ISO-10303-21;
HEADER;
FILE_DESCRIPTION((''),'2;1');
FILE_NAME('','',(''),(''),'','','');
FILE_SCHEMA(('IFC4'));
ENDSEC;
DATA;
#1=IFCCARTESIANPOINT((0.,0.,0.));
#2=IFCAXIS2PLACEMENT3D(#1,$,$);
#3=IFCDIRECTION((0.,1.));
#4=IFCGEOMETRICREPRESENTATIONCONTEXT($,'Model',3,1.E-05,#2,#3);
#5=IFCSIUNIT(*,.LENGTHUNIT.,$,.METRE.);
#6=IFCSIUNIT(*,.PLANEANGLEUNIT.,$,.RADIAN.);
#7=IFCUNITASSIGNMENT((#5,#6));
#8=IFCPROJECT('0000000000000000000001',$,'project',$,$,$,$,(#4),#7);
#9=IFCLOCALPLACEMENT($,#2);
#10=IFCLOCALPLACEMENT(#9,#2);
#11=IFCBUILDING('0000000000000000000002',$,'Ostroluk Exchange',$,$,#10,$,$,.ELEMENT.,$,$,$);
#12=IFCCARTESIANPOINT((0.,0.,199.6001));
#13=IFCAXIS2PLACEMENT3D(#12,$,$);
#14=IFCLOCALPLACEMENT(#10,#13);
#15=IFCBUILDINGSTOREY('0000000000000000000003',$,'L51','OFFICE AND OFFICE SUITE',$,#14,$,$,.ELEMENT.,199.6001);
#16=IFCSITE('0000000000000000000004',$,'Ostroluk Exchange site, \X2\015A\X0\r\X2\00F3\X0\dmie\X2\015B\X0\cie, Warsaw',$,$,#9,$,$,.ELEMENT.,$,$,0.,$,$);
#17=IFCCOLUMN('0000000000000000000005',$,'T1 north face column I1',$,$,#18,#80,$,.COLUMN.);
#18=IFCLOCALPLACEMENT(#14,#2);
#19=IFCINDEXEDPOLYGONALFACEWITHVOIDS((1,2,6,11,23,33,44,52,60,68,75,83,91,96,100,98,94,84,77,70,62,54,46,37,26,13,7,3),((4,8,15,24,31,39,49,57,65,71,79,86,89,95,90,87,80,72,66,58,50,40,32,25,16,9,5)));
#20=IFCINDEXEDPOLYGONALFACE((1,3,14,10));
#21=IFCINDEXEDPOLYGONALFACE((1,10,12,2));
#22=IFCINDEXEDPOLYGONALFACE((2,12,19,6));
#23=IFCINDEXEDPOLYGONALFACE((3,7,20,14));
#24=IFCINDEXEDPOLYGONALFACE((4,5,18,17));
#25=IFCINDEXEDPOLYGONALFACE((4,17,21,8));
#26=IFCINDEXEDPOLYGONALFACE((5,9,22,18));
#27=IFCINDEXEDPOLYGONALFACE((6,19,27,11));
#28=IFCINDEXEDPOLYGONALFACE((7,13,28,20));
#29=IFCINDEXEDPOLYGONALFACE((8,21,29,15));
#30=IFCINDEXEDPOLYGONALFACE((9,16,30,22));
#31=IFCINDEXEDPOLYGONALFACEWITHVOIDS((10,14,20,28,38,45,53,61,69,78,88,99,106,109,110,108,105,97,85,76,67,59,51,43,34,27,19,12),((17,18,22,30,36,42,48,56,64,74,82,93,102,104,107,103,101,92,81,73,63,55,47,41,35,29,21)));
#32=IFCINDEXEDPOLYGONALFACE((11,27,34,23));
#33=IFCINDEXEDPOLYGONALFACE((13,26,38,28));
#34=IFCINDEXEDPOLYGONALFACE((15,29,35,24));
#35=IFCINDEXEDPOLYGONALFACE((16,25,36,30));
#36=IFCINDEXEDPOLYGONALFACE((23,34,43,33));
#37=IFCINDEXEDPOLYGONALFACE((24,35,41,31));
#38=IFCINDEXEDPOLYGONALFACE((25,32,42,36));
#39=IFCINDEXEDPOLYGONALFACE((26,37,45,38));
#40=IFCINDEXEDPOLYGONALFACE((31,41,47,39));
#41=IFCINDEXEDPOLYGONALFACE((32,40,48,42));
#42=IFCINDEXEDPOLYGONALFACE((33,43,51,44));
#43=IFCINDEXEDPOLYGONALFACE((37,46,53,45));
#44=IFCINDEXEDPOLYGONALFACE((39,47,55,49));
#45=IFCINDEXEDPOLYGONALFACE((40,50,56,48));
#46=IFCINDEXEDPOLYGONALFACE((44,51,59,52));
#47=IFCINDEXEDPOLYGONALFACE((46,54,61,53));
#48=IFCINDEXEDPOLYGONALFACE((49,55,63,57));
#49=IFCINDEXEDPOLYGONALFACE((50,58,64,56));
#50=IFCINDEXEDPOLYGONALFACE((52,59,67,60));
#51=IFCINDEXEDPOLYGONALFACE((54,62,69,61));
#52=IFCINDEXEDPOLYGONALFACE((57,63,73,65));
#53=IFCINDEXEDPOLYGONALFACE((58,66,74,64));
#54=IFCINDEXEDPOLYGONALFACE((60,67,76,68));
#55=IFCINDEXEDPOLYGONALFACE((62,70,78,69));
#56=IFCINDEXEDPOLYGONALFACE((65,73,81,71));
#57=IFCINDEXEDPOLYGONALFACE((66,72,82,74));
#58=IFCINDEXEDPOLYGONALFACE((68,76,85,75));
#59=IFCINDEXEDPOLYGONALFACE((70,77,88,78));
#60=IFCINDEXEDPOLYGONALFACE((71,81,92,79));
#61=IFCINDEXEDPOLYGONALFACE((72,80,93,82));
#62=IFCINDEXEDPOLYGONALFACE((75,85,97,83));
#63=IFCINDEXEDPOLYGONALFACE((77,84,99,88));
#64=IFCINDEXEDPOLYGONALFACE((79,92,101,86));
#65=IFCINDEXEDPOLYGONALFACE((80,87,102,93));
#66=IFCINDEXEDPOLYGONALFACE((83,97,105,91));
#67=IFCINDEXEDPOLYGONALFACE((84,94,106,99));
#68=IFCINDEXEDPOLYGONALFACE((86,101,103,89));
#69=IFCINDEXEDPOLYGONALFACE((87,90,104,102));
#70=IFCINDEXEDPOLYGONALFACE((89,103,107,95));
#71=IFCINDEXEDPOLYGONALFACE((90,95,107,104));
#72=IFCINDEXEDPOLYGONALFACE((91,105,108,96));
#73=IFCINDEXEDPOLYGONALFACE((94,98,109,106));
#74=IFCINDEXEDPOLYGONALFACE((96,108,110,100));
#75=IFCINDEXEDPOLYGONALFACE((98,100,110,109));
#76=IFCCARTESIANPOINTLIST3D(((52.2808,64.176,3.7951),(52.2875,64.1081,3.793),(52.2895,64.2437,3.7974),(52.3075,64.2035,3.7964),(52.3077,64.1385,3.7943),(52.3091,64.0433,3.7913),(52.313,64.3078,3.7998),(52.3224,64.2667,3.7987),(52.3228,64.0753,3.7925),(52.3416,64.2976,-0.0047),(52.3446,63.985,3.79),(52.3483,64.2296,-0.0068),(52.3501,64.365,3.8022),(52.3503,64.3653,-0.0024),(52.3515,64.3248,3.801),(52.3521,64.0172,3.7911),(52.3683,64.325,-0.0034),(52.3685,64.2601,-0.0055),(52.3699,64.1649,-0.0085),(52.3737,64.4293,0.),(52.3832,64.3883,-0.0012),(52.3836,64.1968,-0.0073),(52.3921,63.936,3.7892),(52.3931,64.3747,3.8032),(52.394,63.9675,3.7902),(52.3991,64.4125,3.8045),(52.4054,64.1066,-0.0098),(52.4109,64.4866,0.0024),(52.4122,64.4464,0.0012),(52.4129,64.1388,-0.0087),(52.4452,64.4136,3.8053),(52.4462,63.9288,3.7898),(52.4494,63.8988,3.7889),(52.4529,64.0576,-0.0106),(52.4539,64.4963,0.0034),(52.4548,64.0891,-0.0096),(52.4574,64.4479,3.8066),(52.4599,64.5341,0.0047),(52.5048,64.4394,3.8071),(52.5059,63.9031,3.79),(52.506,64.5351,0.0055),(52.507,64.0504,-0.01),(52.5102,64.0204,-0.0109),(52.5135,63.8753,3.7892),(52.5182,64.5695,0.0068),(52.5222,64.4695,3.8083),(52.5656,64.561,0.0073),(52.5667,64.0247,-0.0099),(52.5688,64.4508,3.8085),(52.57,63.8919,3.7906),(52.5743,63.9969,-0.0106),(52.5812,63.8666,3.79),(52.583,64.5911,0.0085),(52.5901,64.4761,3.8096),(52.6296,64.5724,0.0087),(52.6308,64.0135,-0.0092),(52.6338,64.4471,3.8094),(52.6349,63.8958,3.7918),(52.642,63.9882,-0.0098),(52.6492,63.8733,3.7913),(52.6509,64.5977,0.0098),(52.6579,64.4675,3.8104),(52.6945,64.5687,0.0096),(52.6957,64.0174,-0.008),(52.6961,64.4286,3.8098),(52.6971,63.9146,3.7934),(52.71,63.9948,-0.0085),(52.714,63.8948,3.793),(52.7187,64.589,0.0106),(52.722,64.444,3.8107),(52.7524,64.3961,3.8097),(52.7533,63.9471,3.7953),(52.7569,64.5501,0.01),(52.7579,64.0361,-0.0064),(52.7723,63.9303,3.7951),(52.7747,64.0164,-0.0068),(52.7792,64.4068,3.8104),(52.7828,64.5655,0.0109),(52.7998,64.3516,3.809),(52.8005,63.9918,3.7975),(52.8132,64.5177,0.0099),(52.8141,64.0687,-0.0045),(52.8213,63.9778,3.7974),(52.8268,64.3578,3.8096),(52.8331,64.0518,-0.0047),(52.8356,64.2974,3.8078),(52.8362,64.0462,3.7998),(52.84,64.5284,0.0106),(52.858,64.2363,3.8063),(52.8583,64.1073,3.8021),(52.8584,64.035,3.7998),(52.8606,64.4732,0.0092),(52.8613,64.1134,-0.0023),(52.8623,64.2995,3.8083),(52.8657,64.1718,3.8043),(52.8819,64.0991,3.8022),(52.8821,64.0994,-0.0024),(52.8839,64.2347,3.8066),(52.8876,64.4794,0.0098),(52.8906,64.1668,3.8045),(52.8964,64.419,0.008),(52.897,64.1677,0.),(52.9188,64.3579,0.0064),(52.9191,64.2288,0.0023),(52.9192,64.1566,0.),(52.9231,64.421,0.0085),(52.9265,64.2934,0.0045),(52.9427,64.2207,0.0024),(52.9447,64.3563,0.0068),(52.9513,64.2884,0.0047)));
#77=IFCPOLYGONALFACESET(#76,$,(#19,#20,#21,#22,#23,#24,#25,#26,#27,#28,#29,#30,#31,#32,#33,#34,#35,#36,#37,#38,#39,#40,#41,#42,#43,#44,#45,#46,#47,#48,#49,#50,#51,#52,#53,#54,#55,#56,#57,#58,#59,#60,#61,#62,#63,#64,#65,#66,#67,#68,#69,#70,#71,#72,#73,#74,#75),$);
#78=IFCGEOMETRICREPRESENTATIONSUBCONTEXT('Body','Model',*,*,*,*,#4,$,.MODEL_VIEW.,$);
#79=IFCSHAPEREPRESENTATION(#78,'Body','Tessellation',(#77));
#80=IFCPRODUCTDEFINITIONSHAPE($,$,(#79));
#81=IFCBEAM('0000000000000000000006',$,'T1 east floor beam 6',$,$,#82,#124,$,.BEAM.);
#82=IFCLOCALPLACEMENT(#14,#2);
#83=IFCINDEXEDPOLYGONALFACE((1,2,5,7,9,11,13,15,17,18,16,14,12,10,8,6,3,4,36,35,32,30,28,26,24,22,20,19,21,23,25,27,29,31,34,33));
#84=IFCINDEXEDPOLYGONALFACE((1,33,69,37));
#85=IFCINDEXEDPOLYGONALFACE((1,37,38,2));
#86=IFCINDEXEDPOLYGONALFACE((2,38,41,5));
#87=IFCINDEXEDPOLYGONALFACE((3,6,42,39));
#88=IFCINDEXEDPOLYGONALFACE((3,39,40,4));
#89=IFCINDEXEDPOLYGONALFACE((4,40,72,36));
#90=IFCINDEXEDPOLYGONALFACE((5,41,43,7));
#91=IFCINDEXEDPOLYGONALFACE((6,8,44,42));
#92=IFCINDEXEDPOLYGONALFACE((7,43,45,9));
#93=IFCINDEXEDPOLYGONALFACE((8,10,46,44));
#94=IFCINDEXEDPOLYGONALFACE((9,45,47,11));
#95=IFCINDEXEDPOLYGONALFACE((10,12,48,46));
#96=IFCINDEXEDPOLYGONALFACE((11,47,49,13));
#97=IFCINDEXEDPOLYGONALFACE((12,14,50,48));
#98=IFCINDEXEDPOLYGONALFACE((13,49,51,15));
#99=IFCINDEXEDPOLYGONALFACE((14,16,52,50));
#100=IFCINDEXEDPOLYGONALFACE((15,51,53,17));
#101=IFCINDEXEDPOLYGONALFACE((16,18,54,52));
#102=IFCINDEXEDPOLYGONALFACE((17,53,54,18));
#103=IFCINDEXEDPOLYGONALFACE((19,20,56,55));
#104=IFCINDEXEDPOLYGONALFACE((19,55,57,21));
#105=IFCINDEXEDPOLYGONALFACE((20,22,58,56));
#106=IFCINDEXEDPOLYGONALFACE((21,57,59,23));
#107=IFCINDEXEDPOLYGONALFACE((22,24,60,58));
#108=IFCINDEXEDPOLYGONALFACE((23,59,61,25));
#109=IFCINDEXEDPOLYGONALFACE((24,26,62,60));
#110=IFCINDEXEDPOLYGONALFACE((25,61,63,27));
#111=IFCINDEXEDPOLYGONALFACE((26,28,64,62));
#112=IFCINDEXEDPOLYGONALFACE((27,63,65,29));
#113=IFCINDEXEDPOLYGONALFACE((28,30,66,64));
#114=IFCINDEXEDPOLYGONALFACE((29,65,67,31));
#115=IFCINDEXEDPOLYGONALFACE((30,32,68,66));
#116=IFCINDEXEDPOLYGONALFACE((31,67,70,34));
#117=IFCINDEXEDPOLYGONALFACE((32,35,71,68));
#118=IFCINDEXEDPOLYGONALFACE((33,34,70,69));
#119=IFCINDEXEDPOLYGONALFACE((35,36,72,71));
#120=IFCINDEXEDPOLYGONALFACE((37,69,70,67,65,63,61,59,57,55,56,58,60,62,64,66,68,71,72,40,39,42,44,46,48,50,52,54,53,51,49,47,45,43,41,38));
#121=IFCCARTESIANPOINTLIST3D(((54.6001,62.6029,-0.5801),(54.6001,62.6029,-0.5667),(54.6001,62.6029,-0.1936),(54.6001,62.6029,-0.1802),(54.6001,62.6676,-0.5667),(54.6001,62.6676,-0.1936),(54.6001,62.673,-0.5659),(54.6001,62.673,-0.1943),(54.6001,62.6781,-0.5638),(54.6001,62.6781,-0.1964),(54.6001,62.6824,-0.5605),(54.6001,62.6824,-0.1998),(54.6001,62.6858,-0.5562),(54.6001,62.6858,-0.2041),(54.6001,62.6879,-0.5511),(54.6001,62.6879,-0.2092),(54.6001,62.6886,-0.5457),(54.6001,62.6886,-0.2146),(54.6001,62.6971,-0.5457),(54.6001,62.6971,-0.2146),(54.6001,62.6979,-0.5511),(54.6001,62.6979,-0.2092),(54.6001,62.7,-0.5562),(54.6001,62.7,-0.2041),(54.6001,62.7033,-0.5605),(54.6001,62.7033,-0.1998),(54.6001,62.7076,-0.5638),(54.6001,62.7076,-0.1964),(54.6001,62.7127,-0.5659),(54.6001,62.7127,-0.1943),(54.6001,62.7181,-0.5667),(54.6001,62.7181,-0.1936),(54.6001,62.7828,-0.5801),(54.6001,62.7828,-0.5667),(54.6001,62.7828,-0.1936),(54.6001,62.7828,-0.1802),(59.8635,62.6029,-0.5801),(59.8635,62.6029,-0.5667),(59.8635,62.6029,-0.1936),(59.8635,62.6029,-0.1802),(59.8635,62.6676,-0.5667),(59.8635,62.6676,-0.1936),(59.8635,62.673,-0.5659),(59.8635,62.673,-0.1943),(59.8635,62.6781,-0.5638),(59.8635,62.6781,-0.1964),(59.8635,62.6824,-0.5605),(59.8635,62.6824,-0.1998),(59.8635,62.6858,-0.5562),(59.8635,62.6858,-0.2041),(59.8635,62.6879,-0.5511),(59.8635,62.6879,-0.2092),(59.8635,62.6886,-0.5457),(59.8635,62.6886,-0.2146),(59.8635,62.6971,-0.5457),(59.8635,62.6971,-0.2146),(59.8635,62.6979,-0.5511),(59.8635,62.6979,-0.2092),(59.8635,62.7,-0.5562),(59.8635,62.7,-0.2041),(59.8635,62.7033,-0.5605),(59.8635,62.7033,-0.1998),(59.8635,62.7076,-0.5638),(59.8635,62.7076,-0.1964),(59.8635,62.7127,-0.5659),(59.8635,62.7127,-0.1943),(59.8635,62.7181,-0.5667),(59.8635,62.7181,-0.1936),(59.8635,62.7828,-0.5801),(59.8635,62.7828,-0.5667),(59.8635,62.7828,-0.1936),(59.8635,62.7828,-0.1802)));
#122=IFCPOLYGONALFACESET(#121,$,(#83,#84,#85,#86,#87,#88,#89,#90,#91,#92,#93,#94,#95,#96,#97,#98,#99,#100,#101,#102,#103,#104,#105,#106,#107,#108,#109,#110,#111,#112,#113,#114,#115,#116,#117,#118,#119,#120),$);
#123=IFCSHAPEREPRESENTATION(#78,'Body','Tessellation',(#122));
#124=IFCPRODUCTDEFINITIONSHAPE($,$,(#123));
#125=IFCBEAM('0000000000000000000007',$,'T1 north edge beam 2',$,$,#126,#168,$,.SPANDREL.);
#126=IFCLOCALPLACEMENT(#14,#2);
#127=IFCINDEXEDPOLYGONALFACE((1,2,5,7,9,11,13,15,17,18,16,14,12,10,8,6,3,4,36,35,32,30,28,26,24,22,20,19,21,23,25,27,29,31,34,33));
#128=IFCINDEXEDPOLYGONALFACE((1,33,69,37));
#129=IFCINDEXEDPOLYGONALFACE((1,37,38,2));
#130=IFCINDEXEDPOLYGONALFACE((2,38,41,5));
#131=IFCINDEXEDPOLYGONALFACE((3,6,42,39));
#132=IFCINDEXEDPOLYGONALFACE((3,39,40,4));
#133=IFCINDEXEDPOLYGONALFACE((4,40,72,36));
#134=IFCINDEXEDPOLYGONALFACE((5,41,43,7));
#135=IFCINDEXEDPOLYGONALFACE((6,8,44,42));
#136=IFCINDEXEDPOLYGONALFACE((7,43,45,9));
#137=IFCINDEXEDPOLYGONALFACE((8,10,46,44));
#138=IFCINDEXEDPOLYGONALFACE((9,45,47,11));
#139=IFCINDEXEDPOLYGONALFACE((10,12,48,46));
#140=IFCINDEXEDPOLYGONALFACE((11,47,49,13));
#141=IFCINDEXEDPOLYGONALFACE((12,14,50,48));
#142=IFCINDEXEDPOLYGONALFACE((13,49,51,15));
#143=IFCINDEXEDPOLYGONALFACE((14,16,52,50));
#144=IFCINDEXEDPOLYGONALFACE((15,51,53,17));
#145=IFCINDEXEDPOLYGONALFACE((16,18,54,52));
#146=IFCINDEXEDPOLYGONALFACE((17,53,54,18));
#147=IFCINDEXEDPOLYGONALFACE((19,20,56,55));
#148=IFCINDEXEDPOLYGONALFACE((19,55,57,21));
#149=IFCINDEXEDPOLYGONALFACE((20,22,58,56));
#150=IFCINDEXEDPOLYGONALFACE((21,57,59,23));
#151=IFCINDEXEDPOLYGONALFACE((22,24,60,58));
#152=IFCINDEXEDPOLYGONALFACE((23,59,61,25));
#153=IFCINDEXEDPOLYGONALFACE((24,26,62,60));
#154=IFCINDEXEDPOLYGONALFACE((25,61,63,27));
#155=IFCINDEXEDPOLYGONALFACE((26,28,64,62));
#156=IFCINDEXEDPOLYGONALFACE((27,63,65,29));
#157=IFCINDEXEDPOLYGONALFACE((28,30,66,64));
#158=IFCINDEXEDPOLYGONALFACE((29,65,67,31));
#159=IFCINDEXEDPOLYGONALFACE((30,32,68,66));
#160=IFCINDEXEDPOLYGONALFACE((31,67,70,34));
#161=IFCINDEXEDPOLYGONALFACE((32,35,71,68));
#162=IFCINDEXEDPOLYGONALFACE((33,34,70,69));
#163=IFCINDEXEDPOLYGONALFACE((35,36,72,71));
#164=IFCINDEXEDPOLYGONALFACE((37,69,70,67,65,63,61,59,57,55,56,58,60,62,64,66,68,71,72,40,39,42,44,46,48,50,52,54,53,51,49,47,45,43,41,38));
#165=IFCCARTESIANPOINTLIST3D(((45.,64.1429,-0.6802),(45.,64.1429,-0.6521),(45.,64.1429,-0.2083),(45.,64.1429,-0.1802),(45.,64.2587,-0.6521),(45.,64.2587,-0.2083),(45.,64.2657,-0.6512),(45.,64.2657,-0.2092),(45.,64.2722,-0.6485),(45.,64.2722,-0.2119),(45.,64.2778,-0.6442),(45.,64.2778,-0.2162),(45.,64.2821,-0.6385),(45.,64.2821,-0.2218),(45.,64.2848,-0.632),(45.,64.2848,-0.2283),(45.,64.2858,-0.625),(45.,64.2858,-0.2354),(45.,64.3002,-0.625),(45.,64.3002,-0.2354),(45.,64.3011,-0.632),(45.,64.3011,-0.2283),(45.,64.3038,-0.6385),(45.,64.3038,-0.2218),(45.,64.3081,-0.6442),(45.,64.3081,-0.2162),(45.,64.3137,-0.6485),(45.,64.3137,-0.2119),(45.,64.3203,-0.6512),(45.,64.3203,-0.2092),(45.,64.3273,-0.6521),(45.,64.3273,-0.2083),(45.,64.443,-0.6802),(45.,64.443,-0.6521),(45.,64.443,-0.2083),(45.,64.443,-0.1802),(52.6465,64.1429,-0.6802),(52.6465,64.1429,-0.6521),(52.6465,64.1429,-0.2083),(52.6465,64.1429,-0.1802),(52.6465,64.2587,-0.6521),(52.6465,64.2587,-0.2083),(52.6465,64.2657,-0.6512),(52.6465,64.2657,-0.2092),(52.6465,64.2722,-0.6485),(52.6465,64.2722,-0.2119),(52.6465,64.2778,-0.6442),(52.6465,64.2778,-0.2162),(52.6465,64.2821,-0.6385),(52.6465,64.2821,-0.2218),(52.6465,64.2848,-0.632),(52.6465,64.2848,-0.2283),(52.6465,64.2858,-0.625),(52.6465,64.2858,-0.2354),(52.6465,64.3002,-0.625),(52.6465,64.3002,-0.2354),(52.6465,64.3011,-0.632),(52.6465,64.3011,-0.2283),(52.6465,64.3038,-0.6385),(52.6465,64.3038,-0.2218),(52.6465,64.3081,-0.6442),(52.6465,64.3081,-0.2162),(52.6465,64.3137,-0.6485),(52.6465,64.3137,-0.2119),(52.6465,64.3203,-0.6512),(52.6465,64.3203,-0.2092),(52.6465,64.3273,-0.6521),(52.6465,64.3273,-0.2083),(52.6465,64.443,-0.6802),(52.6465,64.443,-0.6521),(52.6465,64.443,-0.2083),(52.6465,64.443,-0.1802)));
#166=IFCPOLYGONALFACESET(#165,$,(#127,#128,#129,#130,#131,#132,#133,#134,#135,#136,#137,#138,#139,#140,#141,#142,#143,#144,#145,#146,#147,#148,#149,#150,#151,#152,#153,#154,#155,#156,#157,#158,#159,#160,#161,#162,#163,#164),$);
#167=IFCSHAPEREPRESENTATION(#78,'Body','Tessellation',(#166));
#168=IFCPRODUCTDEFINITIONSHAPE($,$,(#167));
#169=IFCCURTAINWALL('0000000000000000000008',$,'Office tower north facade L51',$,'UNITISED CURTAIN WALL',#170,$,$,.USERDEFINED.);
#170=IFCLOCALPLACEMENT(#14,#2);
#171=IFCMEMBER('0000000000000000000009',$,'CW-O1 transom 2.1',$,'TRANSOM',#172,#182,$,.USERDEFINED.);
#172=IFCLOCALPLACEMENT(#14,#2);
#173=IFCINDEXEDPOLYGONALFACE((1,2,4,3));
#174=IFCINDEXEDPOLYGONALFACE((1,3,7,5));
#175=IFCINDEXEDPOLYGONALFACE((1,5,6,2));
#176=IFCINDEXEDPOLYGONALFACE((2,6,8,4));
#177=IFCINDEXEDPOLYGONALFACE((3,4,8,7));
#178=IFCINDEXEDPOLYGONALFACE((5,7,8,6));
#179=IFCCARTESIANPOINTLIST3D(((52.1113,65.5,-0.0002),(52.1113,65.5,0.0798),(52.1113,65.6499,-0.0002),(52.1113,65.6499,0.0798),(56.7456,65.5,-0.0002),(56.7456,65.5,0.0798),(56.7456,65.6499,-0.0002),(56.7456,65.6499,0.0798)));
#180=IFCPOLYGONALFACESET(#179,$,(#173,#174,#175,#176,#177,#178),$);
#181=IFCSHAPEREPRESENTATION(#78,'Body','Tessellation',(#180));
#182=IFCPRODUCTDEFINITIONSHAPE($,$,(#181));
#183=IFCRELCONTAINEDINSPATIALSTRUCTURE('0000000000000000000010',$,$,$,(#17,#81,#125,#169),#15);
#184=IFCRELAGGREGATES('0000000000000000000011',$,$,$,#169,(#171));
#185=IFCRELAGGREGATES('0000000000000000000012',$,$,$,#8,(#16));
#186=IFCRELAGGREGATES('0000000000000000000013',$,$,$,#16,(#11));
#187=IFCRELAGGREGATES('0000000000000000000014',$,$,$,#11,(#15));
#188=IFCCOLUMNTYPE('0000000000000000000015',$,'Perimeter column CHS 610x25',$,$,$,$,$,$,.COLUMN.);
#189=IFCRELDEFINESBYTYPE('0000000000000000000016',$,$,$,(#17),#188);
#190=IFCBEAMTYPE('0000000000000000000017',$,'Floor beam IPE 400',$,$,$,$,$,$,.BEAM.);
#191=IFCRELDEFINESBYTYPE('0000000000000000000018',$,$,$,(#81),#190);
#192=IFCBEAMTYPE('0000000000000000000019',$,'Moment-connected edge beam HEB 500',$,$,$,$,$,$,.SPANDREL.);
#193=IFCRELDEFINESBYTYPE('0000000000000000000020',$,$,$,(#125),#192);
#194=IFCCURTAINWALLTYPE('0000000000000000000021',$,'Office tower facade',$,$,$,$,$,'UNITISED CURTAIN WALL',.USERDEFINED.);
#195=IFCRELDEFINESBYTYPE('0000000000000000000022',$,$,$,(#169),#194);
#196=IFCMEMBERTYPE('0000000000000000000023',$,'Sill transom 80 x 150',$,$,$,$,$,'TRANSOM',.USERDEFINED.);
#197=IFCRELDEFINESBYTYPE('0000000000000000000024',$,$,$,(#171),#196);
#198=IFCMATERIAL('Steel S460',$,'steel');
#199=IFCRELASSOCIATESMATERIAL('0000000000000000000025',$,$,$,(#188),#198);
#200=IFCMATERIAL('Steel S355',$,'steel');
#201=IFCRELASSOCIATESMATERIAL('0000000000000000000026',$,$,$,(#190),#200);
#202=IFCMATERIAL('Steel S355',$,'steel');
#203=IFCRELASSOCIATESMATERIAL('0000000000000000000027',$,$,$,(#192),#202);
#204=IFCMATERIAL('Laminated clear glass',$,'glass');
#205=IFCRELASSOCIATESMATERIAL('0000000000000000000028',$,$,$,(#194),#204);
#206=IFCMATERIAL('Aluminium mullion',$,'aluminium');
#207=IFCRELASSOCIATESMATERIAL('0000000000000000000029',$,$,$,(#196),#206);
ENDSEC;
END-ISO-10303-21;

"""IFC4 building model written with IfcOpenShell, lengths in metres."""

from ifc_helpers import new_model, si_unit, direction, frame, origin, origin_2d, place, context, subcontext, project, spatial, rectangle, hollow_circle, i_section, extrude, material, material_profile, profile_set, type_object, element, aggregate, save


model = new_model("IFC4")

# Units and contexts
model_context = context("Model", 3, precision=1e-05, world=origin(), true_north=direction((0.0, 1.0)))
body_context = subcontext(model_context, "Body", "Model", "MODEL_VIEW")
ifc_project = project(units=[si_unit("LENGTHUNIT", "METRE"), si_unit("PLANEANGLEUNIT", "RADIAN")], contexts=[model_context])

# Site, building, storey
site_placement = place(None, origin())
site = spatial("IfcSite", under=ifc_project, at=site_placement, Name="Ostroluk Exchange site, Śródmieście, Warsaw", CompositionType="ELEMENT", RefElevation=0.0)
building_placement = place(site_placement, origin())
building = spatial("IfcBuilding", under=site, at=building_placement, Name="Ostroluk Exchange", CompositionType="ELEMENT")
storey_placement = place(building_placement, frame((0.0, 0.0, 199.6001)))
storey = spatial("IfcBuildingStorey", under=building, at=storey_placement, Name="L51", Description="OFFICE AND OFFICE SUITE", CompositionType="ELEMENT", Elevation=199.6001)

# Column
ifc_material_1 = material(Name="Steel S460", Category="steel")
ifc_material_profile_1 = material_profile(ifc_material_1, hollow_circle(Radius=0.3049, WallThickness=0.0249, at=origin_2d()), Name="CHS 610x25")
ifc_profile_set_1 = profile_set([ifc_material_profile_1], Name="Steel S460")
column_type = type_object("IfcColumnType", Name="Perimeter column CHS 610x25", PredefinedType="COLUMN", material=ifc_profile_set_1)
column_placement = place(storey_placement, frame((52.6465, 64.293, 0.0), z_axis=(-0.015988, -0.031976, 0.999361), x_axis=(0.894427, -0.447214, 0.0)))
element("IfcColumn", 1, at=column_placement, inside=storey, type_object=column_type, Name="T1 north face column I1", PredefinedType="COLUMN", context=body_context, shape_type="SweptSolid", body=[
    extrude(hollow_circle(Radius=0.3049, WallThickness=0.0249, at=origin_2d()), origin(), (0.0, 0.0, 1.0), 3.8022),
])

# Beams
ifc_material_2 = material(Name="Steel S355", Category="steel")
ifc_material_profile_2 = material_profile(ifc_material_2, i_section(OverallWidth=0.1799, OverallDepth=0.3999, WebThickness=0.0085, FlangeThickness=0.0134, FilletRadius=0.021, at=origin_2d()), Name="IPE 400")
ifc_profile_set_2 = profile_set([ifc_material_profile_2], Name="Steel S355")
beam_type_1 = type_object("IfcBeamType", Name="Floor beam IPE 400", PredefinedType="BEAM", material=ifc_profile_set_2)
beam_1_placement = place(storey_placement, frame((54.6001, 62.6929, -0.3801), z_axis=(1.0, 0.0, 0.0), x_axis=(0.0, 1.0, 0.0)))
element("IfcBeam", 2, at=beam_1_placement, inside=storey, type_object=beam_type_1, Name="T1 east floor beam 6", PredefinedType="BEAM", context=body_context, shape_type="SweptSolid", body=[
    extrude(i_section(OverallWidth=0.1799, OverallDepth=0.3999, WebThickness=0.0085, FlangeThickness=0.0134, FilletRadius=0.021, at=origin_2d()), origin(), (0.0, 0.0, 1.0), 5.2634),
])
ifc_material_3 = material(Name="Steel S355", Category="steel")
ifc_material_profile_3 = material_profile(ifc_material_3, i_section(OverallWidth=0.3, OverallDepth=0.5, WebThickness=0.0144, FlangeThickness=0.0281, FilletRadius=0.0271, at=origin_2d()), Name="HEB 500")
ifc_profile_set_3 = profile_set([ifc_material_profile_3], Name="Steel S355")
beam_type_2 = type_object("IfcBeamType", Name="Moment-connected edge beam HEB 500", PredefinedType="SPANDREL", material=ifc_profile_set_3)
beam_2_placement = place(storey_placement, frame((52.6465, 64.293, -0.4302), z_axis=(-1.0, 0.0, 0.0), x_axis=(0.0, -1.0, 0.0)))
element("IfcBeam", 3, at=beam_2_placement, inside=storey, type_object=beam_type_2, Name="T1 north edge beam 2", PredefinedType="SPANDREL", context=body_context, shape_type="SweptSolid", body=[
    extrude(i_section(OverallWidth=0.3, OverallDepth=0.5, WebThickness=0.0144, FlangeThickness=0.0281, FilletRadius=0.0271, at=origin_2d()), origin(), (0.0, 0.0, 1.0), 7.6465),
])

# Curtain wall, member
ifc_material_4 = material(Name="Laminated clear glass", Category="glass")
curtain_wall_type = type_object("IfcCurtainWallType", Name="Office tower facade", ElementType="UNITISED CURTAIN WALL", PredefinedType="USERDEFINED", material=ifc_material_4)
curtain_wall_placement = place(storey_placement, origin())
curtain_wall = element("IfcCurtainWall", 4, at=curtain_wall_placement, inside=storey, type_object=curtain_wall_type, Name="Office tower north facade L51", ObjectType="UNITISED CURTAIN WALL", PredefinedType="USERDEFINED")
ifc_material_5 = material(Name="Aluminium mullion", Category="aluminium")
ifc_material_profile_4 = material_profile(ifc_material_5, rectangle(XDim=0.1499, YDim=0.0801, at=origin_2d()), Name="Sill transom 80 x 150")
ifc_profile_set_4 = profile_set([ifc_material_profile_4], Name="Aluminium mullion")
member_type_1 = type_object("IfcMemberType", Name="Sill transom 80 x 150", ElementType="TRANSOM", PredefinedType="USERDEFINED", material=ifc_profile_set_4)
member_1_placement = place(storey_placement, frame((56.7456, 65.575, 0.0398), z_axis=(-1.0, 0.0, 0.0), x_axis=(0.0, -1.0, 0.0)))
member_1 = element("IfcMember", 5, at=member_1_placement, type_object=member_type_1, Name="CW-O1 transom 2.1", ObjectType="TRANSOM", PredefinedType="USERDEFINED", context=body_context, shape_type="SweptSolid", body=[
    extrude(rectangle(XDim=0.1499, YDim=0.0801, at=origin_2d()), origin(), (0.0, 0.0, 1.0), 4.6343),
])
aggregate(curtain_wall, [member_1])

save(model, "model.ifc")
